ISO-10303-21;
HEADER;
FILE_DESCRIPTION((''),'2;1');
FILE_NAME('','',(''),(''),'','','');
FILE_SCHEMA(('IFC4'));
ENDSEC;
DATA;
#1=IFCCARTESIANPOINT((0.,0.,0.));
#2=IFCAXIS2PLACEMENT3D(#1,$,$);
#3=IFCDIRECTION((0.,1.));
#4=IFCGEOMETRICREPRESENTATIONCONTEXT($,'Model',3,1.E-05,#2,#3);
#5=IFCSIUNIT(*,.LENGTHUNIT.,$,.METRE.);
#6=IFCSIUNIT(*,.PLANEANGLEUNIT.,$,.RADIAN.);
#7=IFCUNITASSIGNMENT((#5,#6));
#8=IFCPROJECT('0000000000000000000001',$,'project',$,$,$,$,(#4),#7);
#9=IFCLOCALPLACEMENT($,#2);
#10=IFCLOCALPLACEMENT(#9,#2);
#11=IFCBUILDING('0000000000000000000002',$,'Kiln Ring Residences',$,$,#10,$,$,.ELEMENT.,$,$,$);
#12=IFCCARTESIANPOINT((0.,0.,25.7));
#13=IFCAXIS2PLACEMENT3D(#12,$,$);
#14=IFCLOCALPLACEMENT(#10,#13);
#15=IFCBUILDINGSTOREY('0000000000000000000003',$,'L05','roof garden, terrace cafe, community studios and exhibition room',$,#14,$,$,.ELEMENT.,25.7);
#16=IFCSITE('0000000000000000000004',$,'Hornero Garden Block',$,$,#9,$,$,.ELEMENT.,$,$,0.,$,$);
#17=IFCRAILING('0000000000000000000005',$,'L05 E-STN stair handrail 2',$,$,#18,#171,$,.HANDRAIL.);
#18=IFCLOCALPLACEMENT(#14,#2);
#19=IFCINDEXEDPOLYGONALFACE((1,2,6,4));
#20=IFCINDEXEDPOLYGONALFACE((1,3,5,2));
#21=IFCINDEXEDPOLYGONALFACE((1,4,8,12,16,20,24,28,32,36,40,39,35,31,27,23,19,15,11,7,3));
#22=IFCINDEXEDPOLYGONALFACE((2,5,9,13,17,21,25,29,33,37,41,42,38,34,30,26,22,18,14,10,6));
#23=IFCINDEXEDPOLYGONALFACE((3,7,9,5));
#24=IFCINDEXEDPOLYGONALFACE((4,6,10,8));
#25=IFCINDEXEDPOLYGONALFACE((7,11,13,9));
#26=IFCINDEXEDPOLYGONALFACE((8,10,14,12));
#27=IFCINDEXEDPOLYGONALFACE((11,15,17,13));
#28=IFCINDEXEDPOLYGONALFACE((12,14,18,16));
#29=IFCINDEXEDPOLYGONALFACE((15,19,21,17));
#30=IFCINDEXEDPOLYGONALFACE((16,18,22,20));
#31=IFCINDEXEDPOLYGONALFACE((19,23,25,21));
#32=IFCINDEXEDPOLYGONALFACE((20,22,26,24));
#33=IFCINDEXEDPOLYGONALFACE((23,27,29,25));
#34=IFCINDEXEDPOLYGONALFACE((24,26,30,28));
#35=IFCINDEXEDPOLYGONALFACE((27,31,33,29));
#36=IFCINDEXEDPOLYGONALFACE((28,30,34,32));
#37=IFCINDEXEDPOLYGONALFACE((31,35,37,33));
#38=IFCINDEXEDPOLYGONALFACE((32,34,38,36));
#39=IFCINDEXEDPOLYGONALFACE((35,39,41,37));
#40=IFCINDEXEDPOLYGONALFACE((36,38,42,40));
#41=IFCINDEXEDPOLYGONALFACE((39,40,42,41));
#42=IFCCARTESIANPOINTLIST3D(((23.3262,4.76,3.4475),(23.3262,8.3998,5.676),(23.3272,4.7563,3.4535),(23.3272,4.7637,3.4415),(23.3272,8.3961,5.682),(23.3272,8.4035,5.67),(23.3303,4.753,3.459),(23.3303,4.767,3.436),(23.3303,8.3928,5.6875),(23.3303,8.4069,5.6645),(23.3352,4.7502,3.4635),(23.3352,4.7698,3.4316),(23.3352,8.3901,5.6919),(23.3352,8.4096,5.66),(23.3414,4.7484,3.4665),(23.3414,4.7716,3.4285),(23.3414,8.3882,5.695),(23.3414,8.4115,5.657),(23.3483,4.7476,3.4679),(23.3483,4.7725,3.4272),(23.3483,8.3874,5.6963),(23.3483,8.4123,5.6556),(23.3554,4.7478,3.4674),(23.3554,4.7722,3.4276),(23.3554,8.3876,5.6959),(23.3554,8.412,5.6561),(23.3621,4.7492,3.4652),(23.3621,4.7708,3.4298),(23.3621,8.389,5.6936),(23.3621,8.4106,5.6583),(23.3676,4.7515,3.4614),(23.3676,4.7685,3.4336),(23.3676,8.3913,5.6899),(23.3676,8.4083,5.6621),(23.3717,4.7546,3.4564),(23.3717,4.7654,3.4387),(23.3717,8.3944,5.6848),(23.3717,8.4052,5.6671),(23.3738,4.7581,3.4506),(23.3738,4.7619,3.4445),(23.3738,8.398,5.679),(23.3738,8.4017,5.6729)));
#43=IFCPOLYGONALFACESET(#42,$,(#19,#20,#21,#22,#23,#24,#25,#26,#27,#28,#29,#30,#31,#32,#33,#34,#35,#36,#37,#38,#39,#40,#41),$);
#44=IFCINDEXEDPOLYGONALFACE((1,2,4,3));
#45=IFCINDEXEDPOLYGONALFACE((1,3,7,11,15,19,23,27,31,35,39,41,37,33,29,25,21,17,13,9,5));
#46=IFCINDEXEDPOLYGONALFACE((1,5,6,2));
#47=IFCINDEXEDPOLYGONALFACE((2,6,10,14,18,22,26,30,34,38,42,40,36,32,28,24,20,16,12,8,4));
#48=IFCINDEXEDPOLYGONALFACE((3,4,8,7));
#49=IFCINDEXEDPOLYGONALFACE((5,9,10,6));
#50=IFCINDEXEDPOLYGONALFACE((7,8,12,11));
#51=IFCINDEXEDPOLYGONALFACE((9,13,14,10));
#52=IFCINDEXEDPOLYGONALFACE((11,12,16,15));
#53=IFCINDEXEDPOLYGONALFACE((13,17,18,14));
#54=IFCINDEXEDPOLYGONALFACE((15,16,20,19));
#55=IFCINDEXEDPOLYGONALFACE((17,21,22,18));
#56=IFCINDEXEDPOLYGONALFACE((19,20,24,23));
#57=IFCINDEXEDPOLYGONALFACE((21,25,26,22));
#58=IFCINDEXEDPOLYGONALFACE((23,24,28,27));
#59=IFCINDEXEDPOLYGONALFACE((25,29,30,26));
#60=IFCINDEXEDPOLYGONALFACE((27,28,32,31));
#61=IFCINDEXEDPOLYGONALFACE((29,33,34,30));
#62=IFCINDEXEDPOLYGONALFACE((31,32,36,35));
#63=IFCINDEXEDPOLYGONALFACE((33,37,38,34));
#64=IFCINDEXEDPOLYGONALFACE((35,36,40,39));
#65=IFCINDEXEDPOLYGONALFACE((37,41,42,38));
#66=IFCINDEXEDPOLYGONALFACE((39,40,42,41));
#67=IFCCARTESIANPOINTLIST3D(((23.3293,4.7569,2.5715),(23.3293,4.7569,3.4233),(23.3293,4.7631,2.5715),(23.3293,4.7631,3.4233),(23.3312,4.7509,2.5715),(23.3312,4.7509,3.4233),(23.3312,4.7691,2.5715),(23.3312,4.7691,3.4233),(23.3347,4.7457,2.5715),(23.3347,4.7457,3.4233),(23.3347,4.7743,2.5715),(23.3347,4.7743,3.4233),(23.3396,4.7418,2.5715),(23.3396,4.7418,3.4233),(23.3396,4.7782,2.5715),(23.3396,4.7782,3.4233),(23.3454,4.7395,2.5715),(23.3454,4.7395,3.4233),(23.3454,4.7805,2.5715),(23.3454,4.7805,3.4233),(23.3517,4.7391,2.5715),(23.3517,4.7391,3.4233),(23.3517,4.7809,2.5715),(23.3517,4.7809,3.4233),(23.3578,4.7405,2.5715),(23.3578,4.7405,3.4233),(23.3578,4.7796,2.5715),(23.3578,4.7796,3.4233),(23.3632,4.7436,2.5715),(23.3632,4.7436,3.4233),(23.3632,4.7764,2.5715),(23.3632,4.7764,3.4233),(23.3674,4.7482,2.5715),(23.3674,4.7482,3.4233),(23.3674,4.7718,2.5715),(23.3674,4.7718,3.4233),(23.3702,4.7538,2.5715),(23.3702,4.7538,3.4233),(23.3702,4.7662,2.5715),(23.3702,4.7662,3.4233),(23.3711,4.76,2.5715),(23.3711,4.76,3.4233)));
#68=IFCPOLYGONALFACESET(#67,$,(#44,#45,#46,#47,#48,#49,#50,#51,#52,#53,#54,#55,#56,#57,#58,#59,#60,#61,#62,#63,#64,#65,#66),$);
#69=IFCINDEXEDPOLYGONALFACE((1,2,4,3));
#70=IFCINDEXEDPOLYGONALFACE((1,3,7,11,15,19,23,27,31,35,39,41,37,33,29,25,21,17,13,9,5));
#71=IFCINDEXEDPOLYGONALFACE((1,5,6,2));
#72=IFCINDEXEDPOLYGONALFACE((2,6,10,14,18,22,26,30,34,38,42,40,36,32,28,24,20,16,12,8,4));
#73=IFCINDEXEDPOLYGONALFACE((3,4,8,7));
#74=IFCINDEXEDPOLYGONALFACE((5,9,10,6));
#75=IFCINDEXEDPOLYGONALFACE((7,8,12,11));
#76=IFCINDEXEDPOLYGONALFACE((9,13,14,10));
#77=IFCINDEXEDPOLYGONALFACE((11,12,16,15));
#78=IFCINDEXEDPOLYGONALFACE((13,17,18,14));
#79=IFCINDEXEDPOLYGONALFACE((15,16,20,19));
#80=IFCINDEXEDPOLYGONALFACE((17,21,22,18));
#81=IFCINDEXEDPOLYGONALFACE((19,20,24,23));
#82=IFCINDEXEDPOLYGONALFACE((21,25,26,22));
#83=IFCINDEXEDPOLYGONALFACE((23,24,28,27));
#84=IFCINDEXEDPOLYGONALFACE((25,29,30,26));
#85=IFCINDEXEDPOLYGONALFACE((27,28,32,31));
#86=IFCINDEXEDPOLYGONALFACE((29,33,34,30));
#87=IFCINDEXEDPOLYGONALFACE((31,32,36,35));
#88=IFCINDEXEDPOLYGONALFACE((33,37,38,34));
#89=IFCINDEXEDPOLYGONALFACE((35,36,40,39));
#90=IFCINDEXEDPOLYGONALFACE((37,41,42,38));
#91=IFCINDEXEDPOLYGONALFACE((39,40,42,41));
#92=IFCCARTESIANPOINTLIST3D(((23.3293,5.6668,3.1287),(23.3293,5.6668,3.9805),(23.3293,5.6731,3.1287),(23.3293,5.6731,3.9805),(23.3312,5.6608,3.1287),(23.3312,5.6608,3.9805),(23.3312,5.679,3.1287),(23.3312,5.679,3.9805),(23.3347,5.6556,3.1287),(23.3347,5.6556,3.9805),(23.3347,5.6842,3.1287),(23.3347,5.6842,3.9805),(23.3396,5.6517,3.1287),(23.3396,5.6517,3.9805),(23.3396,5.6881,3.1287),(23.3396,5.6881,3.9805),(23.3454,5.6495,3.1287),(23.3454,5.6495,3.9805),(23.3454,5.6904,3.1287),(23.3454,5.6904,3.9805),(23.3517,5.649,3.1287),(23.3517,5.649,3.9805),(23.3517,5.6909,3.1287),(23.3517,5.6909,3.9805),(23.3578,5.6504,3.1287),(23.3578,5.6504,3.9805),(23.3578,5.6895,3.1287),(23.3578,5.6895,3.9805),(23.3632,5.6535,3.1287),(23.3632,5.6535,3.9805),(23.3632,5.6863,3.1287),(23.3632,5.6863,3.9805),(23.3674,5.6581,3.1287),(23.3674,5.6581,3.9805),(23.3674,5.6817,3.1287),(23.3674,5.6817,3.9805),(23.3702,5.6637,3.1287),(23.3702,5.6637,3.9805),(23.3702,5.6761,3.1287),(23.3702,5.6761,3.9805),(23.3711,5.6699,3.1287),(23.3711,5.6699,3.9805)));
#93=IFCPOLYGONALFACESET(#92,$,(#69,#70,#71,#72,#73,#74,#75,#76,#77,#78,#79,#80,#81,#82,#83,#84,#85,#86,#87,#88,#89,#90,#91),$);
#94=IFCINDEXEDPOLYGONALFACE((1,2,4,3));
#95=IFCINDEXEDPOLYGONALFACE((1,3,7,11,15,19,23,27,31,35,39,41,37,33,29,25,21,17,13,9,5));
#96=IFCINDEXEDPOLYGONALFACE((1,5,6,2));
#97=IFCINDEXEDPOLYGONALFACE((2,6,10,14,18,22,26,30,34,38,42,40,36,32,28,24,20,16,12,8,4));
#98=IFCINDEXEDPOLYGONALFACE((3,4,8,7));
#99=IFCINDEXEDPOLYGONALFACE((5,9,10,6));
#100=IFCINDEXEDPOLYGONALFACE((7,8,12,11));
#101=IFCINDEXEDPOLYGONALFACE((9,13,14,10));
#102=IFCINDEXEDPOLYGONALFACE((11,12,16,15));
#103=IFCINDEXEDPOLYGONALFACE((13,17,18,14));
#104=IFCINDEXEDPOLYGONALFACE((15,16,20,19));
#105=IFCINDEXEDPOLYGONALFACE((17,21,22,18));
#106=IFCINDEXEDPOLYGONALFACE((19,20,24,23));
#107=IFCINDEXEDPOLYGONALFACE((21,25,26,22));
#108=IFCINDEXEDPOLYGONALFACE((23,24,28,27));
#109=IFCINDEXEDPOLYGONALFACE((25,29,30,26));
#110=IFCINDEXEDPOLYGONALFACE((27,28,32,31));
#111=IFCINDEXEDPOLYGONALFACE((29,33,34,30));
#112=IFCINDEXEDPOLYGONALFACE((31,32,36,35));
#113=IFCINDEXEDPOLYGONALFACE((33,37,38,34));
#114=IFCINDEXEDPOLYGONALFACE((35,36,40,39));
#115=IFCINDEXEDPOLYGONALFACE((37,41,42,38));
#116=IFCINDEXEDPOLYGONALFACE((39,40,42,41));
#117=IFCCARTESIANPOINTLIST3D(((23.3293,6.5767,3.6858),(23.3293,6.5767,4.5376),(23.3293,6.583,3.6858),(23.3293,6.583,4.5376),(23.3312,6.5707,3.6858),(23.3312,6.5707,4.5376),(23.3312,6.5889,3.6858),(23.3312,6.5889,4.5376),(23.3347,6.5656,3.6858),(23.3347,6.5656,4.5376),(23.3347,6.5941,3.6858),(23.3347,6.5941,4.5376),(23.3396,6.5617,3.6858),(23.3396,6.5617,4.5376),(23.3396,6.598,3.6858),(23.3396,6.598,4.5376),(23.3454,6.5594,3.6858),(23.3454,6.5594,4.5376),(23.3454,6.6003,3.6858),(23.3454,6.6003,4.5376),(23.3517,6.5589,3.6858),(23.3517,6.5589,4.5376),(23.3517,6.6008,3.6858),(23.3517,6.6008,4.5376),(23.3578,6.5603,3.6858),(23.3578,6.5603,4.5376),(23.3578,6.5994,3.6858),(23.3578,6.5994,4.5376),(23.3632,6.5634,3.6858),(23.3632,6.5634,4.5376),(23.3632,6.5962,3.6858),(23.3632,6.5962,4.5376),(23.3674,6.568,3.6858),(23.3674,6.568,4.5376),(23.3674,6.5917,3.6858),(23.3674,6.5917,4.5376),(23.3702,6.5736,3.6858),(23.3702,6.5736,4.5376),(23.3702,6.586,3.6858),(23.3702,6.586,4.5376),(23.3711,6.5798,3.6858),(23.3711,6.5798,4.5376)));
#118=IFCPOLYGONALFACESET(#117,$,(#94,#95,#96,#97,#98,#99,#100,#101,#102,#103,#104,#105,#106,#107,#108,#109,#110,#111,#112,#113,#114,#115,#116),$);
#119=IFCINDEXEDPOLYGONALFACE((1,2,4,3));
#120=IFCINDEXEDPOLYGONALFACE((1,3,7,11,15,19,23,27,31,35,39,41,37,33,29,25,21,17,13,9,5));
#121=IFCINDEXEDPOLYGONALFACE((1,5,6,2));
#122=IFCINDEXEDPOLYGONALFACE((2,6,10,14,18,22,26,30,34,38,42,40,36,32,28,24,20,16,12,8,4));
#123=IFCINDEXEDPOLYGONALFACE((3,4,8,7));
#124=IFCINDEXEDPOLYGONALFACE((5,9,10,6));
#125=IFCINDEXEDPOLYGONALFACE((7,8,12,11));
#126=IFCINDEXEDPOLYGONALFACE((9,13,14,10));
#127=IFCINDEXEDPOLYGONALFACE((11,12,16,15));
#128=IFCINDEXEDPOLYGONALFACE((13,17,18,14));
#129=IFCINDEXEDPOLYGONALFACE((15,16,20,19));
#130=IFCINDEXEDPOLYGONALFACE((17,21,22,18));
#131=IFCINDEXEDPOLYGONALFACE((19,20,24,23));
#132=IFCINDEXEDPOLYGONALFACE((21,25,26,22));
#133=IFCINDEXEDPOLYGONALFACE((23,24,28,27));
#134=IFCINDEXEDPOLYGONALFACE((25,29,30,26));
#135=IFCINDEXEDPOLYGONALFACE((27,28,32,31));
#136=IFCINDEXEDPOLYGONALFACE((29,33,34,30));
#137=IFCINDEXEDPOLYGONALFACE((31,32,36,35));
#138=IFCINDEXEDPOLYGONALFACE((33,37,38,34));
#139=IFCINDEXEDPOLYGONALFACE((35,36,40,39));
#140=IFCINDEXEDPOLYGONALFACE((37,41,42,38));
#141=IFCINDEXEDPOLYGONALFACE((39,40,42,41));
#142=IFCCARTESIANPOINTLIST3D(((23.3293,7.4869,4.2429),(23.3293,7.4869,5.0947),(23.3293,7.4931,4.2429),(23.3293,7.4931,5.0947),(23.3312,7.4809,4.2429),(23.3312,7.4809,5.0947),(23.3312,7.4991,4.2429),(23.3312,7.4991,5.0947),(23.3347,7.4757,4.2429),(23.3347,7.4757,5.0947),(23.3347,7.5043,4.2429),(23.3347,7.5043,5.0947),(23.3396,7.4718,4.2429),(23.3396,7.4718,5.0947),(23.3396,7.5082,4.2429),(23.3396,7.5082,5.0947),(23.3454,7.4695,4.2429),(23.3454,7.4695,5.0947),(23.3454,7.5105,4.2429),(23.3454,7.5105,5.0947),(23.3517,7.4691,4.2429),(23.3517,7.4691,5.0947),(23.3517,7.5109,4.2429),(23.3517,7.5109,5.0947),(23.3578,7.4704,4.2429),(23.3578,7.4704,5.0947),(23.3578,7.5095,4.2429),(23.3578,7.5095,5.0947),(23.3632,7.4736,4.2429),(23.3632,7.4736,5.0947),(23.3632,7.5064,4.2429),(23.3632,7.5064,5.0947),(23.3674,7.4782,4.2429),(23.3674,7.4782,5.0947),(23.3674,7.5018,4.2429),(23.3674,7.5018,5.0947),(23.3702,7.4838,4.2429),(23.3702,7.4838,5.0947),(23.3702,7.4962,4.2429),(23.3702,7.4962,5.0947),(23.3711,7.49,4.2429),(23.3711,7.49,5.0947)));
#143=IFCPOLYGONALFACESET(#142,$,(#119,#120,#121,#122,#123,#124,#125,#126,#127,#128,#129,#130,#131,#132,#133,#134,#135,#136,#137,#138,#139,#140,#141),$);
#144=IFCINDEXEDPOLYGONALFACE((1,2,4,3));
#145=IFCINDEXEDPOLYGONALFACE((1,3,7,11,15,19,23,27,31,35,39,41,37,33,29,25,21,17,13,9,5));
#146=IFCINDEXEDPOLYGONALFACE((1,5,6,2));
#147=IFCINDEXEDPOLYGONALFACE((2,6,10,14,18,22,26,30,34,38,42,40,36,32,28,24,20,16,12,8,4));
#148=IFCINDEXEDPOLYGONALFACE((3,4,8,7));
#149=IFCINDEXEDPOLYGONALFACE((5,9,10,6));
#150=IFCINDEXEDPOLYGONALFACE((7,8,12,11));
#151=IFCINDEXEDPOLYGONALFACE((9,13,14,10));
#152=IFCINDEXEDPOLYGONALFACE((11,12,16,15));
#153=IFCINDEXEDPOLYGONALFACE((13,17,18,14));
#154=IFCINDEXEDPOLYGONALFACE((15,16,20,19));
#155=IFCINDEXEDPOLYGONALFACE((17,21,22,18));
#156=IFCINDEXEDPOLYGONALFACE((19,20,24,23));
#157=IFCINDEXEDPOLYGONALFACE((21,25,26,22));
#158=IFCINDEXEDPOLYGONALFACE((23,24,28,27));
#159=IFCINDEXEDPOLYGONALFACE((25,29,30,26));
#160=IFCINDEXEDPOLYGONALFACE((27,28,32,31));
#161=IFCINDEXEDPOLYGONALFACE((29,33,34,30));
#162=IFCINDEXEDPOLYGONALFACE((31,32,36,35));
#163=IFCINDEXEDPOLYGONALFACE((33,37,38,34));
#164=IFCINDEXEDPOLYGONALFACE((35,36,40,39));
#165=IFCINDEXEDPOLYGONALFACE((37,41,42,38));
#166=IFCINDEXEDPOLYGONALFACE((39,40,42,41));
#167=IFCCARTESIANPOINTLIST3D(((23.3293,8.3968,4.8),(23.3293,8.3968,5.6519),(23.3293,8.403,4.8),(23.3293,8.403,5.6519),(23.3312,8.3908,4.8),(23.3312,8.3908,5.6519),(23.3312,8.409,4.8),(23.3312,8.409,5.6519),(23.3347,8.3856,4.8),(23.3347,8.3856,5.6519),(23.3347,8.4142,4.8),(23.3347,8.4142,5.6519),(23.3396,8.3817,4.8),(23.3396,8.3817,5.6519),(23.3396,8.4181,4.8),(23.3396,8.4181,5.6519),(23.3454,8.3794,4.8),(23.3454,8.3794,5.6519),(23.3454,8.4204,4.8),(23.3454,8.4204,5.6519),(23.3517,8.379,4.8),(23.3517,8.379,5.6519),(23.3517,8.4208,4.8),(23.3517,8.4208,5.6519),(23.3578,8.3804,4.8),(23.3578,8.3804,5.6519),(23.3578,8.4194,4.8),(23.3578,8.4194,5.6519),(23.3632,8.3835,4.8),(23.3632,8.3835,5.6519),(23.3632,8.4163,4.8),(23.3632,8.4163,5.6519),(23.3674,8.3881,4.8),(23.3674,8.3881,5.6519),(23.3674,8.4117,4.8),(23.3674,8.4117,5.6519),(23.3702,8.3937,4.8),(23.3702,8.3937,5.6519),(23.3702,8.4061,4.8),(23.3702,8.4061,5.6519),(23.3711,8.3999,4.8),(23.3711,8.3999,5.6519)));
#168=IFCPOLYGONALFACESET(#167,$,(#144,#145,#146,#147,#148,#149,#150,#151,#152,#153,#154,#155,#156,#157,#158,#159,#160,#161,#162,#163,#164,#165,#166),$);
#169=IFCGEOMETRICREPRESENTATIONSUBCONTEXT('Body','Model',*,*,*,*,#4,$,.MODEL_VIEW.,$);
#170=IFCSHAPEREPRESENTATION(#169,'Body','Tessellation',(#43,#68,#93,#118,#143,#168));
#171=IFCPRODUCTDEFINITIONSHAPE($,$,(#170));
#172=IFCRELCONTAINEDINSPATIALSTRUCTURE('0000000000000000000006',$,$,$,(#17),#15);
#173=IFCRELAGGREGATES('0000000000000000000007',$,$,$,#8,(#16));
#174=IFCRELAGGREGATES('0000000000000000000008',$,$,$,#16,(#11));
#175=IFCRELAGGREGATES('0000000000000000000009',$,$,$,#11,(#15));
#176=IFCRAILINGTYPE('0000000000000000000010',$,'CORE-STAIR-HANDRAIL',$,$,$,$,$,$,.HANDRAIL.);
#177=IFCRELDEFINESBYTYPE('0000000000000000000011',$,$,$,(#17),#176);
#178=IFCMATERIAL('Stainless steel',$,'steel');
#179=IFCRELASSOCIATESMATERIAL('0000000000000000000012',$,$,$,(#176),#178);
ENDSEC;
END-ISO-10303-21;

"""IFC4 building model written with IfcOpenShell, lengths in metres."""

from ifc_helpers import new_model, si_unit, direction, frame, origin, origin_2d, place, context, subcontext, project, spatial, circle, extrude, material, type_object, element, save


model = new_model("IFC4")

# Units and contexts
model_context = context("Model", 3, precision=1e-05, world=origin(), true_north=direction((0.0, 1.0)))
body_context = subcontext(model_context, "Body", "Model", "MODEL_VIEW")
ifc_project = project(units=[si_unit("LENGTHUNIT", "METRE"), si_unit("PLANEANGLEUNIT", "RADIAN")], contexts=[model_context])

# Site, building, storey
site_placement = place(None, origin())
site = spatial("IfcSite", under=ifc_project, at=site_placement, Name="Hornero Garden Block", CompositionType="ELEMENT", RefElevation=0.0)
building_placement = place(site_placement, origin())
building = spatial("IfcBuilding", under=site, at=building_placement, Name="Kiln Ring Residences", CompositionType="ELEMENT")
storey_placement = place(building_placement, frame((0.0, 0.0, 25.7)))
storey = spatial("IfcBuildingStorey", under=building, at=storey_placement, Name="L05", Description="roof garden, terrace cafe, community studios and exhibition room", CompositionType="ELEMENT", Elevation=25.7)

# Railing
ifc_material_1 = material(Name="Stainless steel", Category="steel")
railing_type_1 = type_object("IfcRailingType", Name="CORE-STAIR-HANDRAIL", PredefinedType="HANDRAIL", material=ifc_material_1)
railing_1_placement = place(storey_placement, frame((23.3501, 4.76, 2.5715)))
element("IfcRailing", 1, at=railing_1_placement, inside=storey, type_object=railing_type_1, Name="L05 E-STN stair handrail 2", PredefinedType="HANDRAIL", context=body_context, shape_type="SweptSolid", body=[
    extrude(circle(Radius=0.0239, at=origin_2d()), frame((0.0, 0.0, 0.876), z_axis=(0.0, 0.85285, 0.522156), x_axis=(-1.0, 0.0, 0.0)), (0.0, 0.0, 1.0), 4.2678),
    extrude(circle(Radius=0.021, at=origin_2d()), origin(), (0.0, 0.0, 1.0), 0.8518),
    extrude(circle(Radius=0.021, at=origin_2d()), frame((0.0, 0.9099, 0.5571)), (0.0, 0.0, 1.0), 0.8518),
    extrude(circle(Radius=0.021, at=origin_2d()), frame((0.0, 1.8198, 1.1143)), (0.0, 0.0, 1.0), 0.8518),
    extrude(circle(Radius=0.021, at=origin_2d()), frame((0.0, 2.73, 1.6714)), (0.0, 0.0, 1.0), 0.8518),
    extrude(circle(Radius=0.021, at=origin_2d()), frame((0.0, 3.6399, 2.2285)), (0.0, 0.0, 1.0), 0.8518),
])

save(model, "model.ifc")
